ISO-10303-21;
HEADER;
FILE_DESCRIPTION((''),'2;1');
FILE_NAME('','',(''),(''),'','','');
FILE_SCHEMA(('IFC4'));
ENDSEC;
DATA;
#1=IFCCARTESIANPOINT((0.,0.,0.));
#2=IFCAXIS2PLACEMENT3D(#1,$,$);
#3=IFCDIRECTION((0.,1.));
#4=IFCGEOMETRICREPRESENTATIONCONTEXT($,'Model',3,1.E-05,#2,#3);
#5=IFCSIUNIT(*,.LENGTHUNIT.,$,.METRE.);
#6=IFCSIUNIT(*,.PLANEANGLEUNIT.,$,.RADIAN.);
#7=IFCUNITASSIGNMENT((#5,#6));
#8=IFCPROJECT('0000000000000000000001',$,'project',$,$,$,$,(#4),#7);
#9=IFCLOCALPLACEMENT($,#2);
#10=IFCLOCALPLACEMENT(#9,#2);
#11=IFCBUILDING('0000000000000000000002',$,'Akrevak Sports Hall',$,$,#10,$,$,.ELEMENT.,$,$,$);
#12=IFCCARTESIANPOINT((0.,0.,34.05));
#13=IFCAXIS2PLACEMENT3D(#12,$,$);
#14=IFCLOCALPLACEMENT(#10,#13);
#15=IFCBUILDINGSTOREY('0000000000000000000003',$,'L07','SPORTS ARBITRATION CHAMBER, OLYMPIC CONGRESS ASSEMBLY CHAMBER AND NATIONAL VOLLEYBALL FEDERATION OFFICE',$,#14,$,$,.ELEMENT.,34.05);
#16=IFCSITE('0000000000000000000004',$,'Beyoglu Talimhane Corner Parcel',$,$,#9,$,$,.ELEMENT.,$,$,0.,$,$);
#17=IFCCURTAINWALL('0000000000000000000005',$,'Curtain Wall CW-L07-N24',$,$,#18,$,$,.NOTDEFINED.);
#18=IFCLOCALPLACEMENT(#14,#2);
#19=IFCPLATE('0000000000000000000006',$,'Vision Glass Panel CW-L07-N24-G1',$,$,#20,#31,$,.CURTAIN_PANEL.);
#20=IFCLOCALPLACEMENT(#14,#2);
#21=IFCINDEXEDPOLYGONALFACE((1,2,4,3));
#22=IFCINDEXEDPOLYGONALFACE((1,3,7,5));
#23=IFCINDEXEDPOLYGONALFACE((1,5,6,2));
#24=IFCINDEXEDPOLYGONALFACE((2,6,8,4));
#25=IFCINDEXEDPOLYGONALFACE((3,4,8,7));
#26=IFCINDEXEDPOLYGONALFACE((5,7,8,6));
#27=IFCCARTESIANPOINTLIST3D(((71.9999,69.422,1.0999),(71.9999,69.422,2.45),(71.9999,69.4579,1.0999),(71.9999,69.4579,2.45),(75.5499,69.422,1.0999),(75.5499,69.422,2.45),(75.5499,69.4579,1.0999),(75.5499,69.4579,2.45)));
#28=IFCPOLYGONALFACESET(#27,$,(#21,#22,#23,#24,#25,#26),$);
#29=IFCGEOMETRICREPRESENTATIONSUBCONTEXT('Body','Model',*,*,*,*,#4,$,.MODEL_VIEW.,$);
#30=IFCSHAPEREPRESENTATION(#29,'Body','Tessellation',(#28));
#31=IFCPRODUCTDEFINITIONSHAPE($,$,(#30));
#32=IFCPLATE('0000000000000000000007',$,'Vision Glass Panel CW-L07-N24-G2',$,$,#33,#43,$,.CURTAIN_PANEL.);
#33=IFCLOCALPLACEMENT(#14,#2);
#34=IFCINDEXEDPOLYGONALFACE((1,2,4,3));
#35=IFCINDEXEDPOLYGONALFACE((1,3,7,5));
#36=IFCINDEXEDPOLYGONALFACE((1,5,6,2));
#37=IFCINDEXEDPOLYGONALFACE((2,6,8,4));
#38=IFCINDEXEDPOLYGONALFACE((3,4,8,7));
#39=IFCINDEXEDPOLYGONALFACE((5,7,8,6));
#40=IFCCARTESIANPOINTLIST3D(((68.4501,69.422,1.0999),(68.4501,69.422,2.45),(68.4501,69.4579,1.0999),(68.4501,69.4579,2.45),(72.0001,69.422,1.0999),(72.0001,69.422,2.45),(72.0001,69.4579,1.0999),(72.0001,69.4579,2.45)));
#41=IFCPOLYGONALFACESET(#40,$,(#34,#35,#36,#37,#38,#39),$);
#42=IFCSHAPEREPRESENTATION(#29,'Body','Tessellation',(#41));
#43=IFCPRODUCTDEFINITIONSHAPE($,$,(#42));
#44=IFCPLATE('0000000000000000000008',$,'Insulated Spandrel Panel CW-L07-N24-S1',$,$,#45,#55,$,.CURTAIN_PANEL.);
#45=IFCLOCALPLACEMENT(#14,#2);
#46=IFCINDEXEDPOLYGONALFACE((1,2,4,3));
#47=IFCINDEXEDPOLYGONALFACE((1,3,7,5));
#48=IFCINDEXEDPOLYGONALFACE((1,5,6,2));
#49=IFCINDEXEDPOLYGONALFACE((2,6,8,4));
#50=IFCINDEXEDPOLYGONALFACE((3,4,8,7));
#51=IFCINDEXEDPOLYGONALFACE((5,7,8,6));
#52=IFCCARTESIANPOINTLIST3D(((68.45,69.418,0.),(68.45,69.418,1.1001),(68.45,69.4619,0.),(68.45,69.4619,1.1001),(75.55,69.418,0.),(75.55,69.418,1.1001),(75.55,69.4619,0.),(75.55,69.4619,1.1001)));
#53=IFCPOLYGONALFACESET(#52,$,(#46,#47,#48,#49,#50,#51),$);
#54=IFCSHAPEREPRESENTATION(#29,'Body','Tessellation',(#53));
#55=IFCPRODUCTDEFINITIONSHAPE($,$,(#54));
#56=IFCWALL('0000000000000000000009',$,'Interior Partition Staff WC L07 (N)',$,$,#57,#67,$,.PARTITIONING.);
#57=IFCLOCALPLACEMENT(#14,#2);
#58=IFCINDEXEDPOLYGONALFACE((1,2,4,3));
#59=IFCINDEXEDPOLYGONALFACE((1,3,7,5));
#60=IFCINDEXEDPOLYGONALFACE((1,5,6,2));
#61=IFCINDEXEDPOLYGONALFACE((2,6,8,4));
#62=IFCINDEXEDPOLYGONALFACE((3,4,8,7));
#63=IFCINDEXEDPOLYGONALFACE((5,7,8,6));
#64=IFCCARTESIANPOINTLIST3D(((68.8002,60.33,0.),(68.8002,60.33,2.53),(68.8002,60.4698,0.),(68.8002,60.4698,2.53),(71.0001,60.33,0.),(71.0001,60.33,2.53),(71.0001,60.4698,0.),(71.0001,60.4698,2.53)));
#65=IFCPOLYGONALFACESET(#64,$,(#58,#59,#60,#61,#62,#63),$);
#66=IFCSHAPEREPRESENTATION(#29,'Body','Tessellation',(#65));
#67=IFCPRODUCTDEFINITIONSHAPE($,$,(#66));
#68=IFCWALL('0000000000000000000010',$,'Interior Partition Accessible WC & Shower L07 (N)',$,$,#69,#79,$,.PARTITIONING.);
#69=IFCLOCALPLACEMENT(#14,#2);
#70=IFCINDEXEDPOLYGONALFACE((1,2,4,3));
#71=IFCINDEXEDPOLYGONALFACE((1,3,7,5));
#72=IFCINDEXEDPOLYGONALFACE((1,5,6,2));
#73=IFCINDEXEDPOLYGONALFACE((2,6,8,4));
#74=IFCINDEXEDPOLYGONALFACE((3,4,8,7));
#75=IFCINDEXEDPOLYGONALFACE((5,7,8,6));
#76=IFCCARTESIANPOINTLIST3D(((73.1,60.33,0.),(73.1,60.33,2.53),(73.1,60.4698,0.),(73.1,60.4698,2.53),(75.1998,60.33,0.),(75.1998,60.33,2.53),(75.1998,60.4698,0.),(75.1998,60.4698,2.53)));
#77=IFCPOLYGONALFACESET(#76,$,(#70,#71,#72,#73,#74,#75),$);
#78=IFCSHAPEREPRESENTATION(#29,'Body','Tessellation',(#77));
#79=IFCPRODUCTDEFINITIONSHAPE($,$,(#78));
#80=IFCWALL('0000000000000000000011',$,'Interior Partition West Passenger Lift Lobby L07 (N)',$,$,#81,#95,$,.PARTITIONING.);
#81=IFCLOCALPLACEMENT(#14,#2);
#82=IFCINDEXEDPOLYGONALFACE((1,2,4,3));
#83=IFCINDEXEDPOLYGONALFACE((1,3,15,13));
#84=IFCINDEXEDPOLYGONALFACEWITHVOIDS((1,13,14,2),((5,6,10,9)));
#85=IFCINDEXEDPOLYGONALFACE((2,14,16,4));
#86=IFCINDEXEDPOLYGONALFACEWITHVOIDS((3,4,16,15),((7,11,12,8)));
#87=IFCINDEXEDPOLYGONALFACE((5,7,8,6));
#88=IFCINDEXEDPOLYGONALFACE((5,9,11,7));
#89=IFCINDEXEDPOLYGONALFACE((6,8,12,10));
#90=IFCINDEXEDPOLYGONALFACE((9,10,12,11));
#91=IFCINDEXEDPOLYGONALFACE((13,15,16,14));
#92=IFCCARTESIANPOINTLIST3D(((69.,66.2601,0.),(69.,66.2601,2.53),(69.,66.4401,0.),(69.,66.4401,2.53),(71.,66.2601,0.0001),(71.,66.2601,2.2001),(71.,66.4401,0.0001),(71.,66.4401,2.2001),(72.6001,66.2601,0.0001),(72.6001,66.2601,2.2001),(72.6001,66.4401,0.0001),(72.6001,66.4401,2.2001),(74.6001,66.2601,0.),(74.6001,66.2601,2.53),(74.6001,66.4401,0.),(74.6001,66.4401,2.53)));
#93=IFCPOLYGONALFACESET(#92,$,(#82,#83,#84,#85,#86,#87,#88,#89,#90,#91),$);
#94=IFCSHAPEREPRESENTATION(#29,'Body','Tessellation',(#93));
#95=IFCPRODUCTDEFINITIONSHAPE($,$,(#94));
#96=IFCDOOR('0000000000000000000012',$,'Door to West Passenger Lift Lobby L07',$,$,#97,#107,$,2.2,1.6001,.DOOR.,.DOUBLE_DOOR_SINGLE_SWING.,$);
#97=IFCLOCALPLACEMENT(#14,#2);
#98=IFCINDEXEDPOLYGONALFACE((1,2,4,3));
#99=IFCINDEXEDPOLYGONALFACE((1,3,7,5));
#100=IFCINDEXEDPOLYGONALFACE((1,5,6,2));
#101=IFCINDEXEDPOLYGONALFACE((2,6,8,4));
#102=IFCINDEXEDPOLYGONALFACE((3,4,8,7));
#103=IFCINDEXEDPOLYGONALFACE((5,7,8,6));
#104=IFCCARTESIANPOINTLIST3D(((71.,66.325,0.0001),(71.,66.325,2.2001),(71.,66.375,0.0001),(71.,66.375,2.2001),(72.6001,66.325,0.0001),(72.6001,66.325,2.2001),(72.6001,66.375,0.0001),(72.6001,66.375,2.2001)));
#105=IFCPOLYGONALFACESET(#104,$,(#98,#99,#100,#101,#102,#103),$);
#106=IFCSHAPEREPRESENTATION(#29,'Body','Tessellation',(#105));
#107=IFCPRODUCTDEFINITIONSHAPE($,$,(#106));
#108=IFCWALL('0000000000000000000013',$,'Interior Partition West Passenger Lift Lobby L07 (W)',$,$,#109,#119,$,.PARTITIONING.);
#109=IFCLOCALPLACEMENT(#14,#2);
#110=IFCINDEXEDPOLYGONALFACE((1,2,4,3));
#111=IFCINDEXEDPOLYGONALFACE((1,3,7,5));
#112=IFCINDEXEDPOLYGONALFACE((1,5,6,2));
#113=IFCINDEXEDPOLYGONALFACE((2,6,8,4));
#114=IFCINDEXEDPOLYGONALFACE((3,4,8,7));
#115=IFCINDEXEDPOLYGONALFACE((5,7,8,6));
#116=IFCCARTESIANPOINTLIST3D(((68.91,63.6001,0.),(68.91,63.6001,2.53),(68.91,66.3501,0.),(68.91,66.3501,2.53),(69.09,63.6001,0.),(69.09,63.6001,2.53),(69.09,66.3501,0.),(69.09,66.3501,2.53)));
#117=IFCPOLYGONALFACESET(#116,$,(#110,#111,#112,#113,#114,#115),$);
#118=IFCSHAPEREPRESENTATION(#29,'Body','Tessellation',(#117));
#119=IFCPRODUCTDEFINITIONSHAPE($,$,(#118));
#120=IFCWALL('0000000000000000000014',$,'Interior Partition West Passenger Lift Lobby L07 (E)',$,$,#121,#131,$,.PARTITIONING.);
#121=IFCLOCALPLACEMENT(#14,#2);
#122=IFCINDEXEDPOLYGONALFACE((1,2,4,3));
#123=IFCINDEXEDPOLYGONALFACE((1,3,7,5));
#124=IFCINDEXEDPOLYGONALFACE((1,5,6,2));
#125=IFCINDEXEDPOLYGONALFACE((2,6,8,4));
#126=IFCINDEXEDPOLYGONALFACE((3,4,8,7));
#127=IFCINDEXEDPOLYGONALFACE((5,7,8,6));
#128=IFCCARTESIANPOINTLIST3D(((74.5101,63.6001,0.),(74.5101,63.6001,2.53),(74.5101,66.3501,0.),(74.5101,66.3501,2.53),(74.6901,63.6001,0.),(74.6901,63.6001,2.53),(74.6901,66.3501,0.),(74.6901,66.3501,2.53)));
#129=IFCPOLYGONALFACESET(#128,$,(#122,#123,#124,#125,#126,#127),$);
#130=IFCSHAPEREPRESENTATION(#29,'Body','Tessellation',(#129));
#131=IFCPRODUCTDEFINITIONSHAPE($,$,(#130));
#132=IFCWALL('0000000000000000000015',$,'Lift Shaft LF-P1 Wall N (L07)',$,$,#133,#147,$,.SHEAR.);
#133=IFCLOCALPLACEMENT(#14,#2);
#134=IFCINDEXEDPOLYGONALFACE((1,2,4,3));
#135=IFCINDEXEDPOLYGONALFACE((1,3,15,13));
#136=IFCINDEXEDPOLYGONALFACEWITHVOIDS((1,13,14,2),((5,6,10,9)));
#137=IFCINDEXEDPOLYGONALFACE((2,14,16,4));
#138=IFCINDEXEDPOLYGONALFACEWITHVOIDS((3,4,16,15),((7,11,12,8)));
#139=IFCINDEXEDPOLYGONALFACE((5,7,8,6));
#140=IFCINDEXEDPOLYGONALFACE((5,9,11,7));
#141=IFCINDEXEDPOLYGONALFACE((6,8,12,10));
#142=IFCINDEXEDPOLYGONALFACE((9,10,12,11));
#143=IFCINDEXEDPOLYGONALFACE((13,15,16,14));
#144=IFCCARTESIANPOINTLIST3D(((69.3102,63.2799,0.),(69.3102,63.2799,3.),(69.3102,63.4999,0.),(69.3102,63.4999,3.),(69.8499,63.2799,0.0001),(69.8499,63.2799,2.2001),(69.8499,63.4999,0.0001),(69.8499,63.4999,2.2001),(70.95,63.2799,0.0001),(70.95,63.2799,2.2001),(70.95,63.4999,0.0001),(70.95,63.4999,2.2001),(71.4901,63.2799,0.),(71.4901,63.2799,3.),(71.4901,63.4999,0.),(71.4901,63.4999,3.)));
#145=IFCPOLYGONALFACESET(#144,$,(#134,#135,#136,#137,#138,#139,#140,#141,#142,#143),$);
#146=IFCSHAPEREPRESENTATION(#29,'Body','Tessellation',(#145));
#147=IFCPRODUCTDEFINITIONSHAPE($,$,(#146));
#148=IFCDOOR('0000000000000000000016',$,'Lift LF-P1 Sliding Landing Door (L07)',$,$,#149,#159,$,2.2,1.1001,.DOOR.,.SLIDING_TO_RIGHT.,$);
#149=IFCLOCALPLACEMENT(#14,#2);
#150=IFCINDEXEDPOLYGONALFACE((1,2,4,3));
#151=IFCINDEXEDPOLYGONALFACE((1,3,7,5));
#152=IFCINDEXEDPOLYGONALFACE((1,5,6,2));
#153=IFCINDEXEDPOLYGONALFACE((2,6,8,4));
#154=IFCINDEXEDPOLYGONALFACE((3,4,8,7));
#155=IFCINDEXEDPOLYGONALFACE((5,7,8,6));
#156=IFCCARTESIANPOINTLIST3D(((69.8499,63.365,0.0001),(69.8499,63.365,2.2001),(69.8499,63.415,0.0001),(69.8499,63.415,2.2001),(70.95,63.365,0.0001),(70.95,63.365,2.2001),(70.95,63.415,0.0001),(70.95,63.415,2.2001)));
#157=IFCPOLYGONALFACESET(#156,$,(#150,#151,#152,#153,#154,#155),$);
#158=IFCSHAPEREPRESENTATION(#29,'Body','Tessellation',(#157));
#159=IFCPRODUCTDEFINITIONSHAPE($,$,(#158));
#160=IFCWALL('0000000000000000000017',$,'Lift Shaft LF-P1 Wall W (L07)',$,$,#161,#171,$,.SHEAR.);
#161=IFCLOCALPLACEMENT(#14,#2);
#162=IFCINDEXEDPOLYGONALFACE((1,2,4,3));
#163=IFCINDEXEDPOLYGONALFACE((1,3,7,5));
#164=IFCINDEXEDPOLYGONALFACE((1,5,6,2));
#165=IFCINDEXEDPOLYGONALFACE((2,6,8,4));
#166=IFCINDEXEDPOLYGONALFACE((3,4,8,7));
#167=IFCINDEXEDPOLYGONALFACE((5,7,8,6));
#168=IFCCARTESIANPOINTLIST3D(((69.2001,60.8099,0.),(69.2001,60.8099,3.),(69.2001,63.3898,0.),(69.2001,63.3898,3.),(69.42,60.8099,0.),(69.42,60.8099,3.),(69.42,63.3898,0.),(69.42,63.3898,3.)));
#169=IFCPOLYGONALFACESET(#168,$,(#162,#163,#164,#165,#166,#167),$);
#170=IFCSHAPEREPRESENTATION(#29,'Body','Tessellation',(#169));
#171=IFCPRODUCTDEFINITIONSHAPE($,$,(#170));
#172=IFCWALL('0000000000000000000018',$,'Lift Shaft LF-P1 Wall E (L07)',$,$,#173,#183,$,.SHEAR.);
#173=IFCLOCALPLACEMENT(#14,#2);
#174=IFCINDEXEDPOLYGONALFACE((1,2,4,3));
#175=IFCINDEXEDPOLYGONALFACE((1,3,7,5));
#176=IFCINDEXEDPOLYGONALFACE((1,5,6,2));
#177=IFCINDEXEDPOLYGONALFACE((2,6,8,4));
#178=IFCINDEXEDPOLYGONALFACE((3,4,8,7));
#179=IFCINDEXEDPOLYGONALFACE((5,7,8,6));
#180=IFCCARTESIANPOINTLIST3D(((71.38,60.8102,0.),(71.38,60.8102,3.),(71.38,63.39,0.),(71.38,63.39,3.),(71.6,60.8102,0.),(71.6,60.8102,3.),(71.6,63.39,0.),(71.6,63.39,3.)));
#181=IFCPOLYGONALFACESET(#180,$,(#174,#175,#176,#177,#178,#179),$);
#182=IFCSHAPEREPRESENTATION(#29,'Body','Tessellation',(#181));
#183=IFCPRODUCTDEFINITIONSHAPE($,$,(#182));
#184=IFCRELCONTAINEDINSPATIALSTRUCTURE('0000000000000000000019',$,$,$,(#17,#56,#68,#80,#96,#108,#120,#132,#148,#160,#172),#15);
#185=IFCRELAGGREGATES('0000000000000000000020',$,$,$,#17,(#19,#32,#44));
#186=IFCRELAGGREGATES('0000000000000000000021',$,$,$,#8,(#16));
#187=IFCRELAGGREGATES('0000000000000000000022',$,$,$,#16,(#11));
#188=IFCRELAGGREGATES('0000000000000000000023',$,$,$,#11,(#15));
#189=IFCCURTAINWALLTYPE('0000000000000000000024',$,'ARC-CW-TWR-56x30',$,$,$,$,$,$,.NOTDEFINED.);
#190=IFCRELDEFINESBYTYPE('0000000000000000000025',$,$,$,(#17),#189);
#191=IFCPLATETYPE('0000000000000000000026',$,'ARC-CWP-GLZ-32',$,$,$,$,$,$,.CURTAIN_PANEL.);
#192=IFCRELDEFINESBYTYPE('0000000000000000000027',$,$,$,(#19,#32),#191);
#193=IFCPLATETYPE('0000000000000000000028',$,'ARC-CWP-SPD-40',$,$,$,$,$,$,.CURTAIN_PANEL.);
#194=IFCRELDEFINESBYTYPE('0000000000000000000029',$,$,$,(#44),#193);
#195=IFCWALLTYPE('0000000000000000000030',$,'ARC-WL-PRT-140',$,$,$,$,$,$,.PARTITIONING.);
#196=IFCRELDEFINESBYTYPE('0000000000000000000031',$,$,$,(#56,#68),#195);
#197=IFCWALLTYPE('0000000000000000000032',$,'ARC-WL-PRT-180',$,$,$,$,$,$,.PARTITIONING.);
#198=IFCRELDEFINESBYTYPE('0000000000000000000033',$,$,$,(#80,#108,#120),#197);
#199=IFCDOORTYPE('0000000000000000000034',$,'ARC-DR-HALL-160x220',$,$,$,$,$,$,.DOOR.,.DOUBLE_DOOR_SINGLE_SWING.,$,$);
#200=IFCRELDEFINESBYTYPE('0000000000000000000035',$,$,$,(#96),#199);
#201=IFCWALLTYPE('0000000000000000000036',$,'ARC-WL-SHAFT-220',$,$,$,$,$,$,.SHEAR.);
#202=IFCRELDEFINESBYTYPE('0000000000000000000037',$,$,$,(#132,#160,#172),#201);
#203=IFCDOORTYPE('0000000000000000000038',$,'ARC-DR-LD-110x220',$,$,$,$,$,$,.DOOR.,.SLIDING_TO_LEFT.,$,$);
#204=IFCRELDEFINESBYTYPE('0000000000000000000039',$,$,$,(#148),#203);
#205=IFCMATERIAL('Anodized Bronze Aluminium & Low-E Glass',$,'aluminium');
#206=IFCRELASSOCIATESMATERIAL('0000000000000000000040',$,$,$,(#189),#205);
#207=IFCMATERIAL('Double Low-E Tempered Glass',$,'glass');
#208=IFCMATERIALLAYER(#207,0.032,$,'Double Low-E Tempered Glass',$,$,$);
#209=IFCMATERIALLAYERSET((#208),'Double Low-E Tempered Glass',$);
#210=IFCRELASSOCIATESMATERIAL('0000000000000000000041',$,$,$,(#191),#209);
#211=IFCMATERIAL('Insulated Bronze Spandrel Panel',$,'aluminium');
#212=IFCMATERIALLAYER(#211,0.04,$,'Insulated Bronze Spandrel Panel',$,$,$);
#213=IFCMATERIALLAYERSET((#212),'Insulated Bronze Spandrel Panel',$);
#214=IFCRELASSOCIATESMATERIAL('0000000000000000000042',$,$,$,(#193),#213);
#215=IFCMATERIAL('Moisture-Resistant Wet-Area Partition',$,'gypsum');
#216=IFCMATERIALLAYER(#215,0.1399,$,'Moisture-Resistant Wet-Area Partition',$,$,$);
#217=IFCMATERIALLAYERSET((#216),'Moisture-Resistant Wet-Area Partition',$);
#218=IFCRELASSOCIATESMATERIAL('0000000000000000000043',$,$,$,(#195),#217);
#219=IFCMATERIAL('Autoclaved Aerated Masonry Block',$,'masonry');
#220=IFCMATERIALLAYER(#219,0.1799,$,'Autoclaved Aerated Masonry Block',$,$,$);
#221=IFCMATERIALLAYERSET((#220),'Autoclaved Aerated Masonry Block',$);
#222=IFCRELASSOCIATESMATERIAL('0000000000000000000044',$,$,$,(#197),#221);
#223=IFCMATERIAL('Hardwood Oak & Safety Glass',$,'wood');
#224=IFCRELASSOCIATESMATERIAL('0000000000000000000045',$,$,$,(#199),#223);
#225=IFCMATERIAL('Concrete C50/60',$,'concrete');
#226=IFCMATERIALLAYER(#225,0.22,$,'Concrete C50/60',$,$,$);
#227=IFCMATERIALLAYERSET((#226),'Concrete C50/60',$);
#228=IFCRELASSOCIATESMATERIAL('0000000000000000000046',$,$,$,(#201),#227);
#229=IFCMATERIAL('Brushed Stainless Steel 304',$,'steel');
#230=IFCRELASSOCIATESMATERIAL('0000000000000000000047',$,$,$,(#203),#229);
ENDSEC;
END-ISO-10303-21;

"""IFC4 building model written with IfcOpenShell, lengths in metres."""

from ifc_helpers import new_model, si_unit, direction, frame, frame_2d, origin, origin_2d, place, context, subcontext, project, spatial, rectangle, extrude, material, layer, layer_set, type_object, element, fill, aggregate, save


model = new_model("IFC4")

# Units and contexts
model_context = context("Model", 3, precision=1e-05, world=origin(), true_north=direction((0.0, 1.0)))
body_context = subcontext(model_context, "Body", "Model", "MODEL_VIEW")
ifc_project = project(units=[si_unit("LENGTHUNIT", "METRE"), si_unit("PLANEANGLEUNIT", "RADIAN")], contexts=[model_context])

# Site, building, storey
site_placement = place(None, origin())
site = spatial("IfcSite", under=ifc_project, at=site_placement, Name="Beyoglu Talimhane Corner Parcel", CompositionType="ELEMENT", RefElevation=0.0)
building_placement = place(site_placement, origin())
building = spatial("IfcBuilding", under=site, at=building_placement, Name="Akrevak Sports Hall", CompositionType="ELEMENT")
storey_placement = place(building_placement, frame((0.0, 0.0, 34.05)))
storey = spatial("IfcBuildingStorey", under=building, at=storey_placement, Name="L07", Description="SPORTS ARBITRATION CHAMBER, OLYMPIC CONGRESS ASSEMBLY CHAMBER AND NATIONAL VOLLEYBALL FEDERATION OFFICE", CompositionType="ELEMENT", Elevation=34.05)

# Shared definitions
ifc_material_1 = material(Name="Anodized Bronze Aluminium & Low-E Glass", Category="aluminium")
curtain_wall_type = type_object("IfcCurtainWallType", Name="ARC-CW-TWR-56x30", PredefinedType="NOTDEFINED", material=ifc_material_1)

# Curtain wall
curtain_wall_1_placement = place(storey_placement, origin())
curtain_wall_1 = element("IfcCurtainWall", 1, at=curtain_wall_1_placement, inside=storey, type_object=curtain_wall_type, Name="Curtain Wall CW-L07-N24", PredefinedType="NOTDEFINED")

# Plates
ifc_material_2 = material(Name="Double Low-E Tempered Glass", Category="glass")
ifc_layer_1 = layer(ifc_material_2, 0.032, Name="Double Low-E Tempered Glass")
ifc_layer_set_1 = layer_set([ifc_layer_1], Name="Double Low-E Tempered Glass")
plate_type_1 = type_object("IfcPlateType", Name="ARC-CWP-GLZ-32", PredefinedType="CURTAIN_PANEL", material=ifc_layer_set_1)
plate_1_placement = place(storey_placement, frame((73.7749, 69.4399, 1.0999), z_axis=(0.0, 0.0, 1.0), x_axis=(-1.0, 0.0, 0.0)))
plate_1 = element("IfcPlate", 2, at=plate_1_placement, type_object=plate_type_1, Name="Vision Glass Panel CW-L07-N24-G1", PredefinedType="CURTAIN_PANEL", context=body_context, shape_type="SweptSolid", body=[
    extrude(rectangle(XDim=3.55, YDim=0.0359, at=origin_2d()), origin(), (0.0, 0.0, 1.0), 1.3501),
])
plate_2_placement = place(storey_placement, frame((70.2251, 69.4399, 1.0999), z_axis=(0.0, 0.0, 1.0), x_axis=(-1.0, 0.0, 0.0)))
plate_2 = element("IfcPlate", 3, at=plate_2_placement, type_object=plate_type_1, Name="Vision Glass Panel CW-L07-N24-G2", PredefinedType="CURTAIN_PANEL", context=body_context, shape_type="SweptSolid", body=[
    extrude(rectangle(XDim=3.55, YDim=0.0359, at=origin_2d()), origin(), (0.0, 0.0, 1.0), 1.3501),
])
ifc_material_3 = material(Name="Insulated Bronze Spandrel Panel", Category="aluminium")
ifc_layer_2 = layer(ifc_material_3, 0.04, Name="Insulated Bronze Spandrel Panel")
ifc_layer_set_2 = layer_set([ifc_layer_2], Name="Insulated Bronze Spandrel Panel")
plate_type_2 = type_object("IfcPlateType", Name="ARC-CWP-SPD-40", PredefinedType="CURTAIN_PANEL", material=ifc_layer_set_2)
plate_3_placement = place(storey_placement, frame((72.0, 69.4399, 0.0), z_axis=(0.0, 0.0, 1.0), x_axis=(-1.0, 0.0, 0.0)))
plate_3 = element("IfcPlate", 4, at=plate_3_placement, type_object=plate_type_2, Name="Insulated Spandrel Panel CW-L07-N24-S1", PredefinedType="CURTAIN_PANEL", context=body_context, shape_type="SweptSolid", body=[
    extrude(rectangle(XDim=7.1001, YDim=0.0439, at=origin_2d()), origin(), (0.0, 0.0, 1.0), 1.1001),
])
aggregate(curtain_wall_1, [plate_1, plate_2, plate_3])

# Walls
ifc_material_4 = material(Name="Moisture-Resistant Wet-Area Partition", Category="gypsum")
ifc_layer_3 = layer(ifc_material_4, 0.1399, Name="Moisture-Resistant Wet-Area Partition")
ifc_layer_set_3 = layer_set([ifc_layer_3], Name="Moisture-Resistant Wet-Area Partition")
wall_type_1 = type_object("IfcWallType", Name="ARC-WL-PRT-140", PredefinedType="PARTITIONING", material=ifc_layer_set_3)
wall_1_placement = place(storey_placement, frame((68.8, 60.3999, 0.0), z_axis=(0.0, 0.0, 1.0), x_axis=(1.0, 0.0, 0.0)))
element("IfcWall", 5, at=wall_1_placement, inside=storey, type_object=wall_type_1, Name="Interior Partition Staff WC L07 (N)", PredefinedType="PARTITIONING", context=body_context, shape_type="SweptSolid", body=[
    extrude(rectangle(XDim=2.2, YDim=0.1399, at=frame_2d((1.1001, 0.0))), origin(), (0.0, 0.0, 1.0), 2.53),
])
wall_2_placement = place(storey_placement, frame((73.1001, 60.3999, 0.0), z_axis=(0.0, 0.0, 1.0), x_axis=(1.0, 0.0, 0.0)))
element("IfcWall", 6, at=wall_2_placement, inside=storey, type_object=wall_type_1, Name="Interior Partition Accessible WC & Shower L07 (N)", PredefinedType="PARTITIONING", context=body_context, shape_type="SweptSolid", body=[
    extrude(rectangle(XDim=2.0999, YDim=0.1399, at=frame_2d((1.0498, 0.0))), origin(), (0.0, 0.0, 1.0), 2.53),
])

# Wall, opening, door
ifc_material_5 = material(Name="Autoclaved Aerated Masonry Block", Category="masonry")
ifc_layer_4 = layer(ifc_material_5, 0.1799, Name="Autoclaved Aerated Masonry Block")
ifc_layer_set_4 = layer_set([ifc_layer_4], Name="Autoclaved Aerated Masonry Block")
wall_type_2 = type_object("IfcWallType", Name="ARC-WL-PRT-180", PredefinedType="PARTITIONING", material=ifc_layer_set_4)
wall_3_placement = place(storey_placement, frame((69.0, 66.3501, 0.0), z_axis=(0.0, 0.0, 1.0), x_axis=(1.0, 0.0, 0.0)))
wall_3 = element("IfcWall", 7, at=wall_3_placement, inside=storey, type_object=wall_type_2, Name="Interior Partition West Passenger Lift Lobby L07 (N)", PredefinedType="PARTITIONING", context=body_context, shape_type="SweptSolid", body=[
    extrude(rectangle(XDim=5.6001, YDim=0.1799, at=frame_2d((2.8, 0.0))), origin(), (0.0, 0.0, 1.0), 2.53),
])
opening_1_placement = place(wall_3_placement, frame((2.0, 0.0, 0.0)))
opening_1 = element("IfcOpeningElement", 8, at=opening_1_placement, cuts=wall_3, PredefinedType="OPENING", context=body_context, shape_type="SweptSolid", body=[
    extrude(rectangle(XDim=1.6001, YDim=2.2, at=frame_2d((0.8, 1.1001))), frame((0.0, 0.1021, 0.0), z_axis=(0.0, -1.0, 0.0), x_axis=(1.0, 0.0, 0.0)), (0.0, 0.0, 1.0), 0.2039),
])
ifc_material_6 = material(Name="Hardwood Oak & Safety Glass", Category="wood")
door_type_1 = type_object("IfcDoorType", Name="ARC-DR-HALL-160x220", OperationType="DOUBLE_DOOR_SINGLE_SWING", PredefinedType="DOOR", material=ifc_material_6)
door_1_placement = place(opening_1_placement, origin())
door_1 = element("IfcDoor", 9, at=door_1_placement, inside=storey, type_object=door_type_1, Name="Door to West Passenger Lift Lobby L07", OperationType="DOUBLE_DOOR_SINGLE_SWING", OverallHeight=2.2, OverallWidth=1.6001, PredefinedType="DOOR", context=body_context, shape_type="SweptSolid", body=[
    extrude(rectangle(XDim=1.6001, YDim=2.2, at=frame_2d((0.8, 1.1001))), frame((0.0, 0.0249, 0.0), z_axis=(0.0, -1.0, 0.0), x_axis=(1.0, 0.0, 0.0)), (0.0, 0.0, 1.0), 0.05),
])
fill(opening_1, door_1)

# Walls
for number, where, z_axis, x_axis, name in (
    (10, (69.0, 63.6001, 0.0), (0.0, 0.0, 1.0), (0.0, 1.0, 0.0), "Interior Partition West Passenger Lift Lobby L07 (W)"),
    (11, (74.6001, 63.6001, 0.0), (0.0, 0.0, 1.0), (0.0, 1.0, 0.0), "Interior Partition West Passenger Lift Lobby L07 (E)"),
):
    element("IfcWall", number, at=place(storey_placement, frame(where, z_axis=z_axis, x_axis=x_axis)), inside=storey, type_object=wall_type_2, Name=name, PredefinedType="PARTITIONING", context=body_context, shape_type="SweptSolid", body=[
        extrude(rectangle(XDim=2.75, YDim=0.1799, at=frame_2d((1.375, 0.0))), origin(), (0.0, 0.0, 1.0), 2.53),
    ])
ifc_material_7 = material(Name="Concrete C50/60", Category="concrete")
ifc_layer_5 = layer(ifc_material_7, 0.22, Name="Concrete C50/60")
ifc_layer_set_5 = layer_set([ifc_layer_5], Name="Concrete C50/60")
wall_type_3 = type_object("IfcWallType", Name="ARC-WL-SHAFT-220", PredefinedType="SHEAR", material=ifc_layer_set_5)

# Wall, opening, door
wall_4_placement = place(storey_placement, frame((71.49, 63.3899, 0.0), z_axis=(0.0, 0.0, 1.0), x_axis=(-1.0, 0.0, 0.0)))
wall_4 = element("IfcWall", 12, at=wall_4_placement, inside=storey, type_object=wall_type_3, Name="Lift Shaft LF-P1 Wall N (L07)", PredefinedType="SHEAR", context=body_context, shape_type="SweptSolid", body=[
    extrude(rectangle(XDim=2.1799, YDim=0.22, at=frame_2d((1.0898, 0.0))), origin(), (0.0, 0.0, 1.0), 3.0),
])
opening_2_placement = place(wall_4_placement, frame((0.54, 0.0, 0.0)))
opening_2 = element("IfcOpeningElement", 13, at=opening_2_placement, cuts=wall_4, PredefinedType="OPENING", context=body_context, shape_type="SweptSolid", body=[
    extrude(rectangle(XDim=1.1001, YDim=2.2, at=frame_2d((0.55, 1.1001))), frame((0.0, 0.1221, 0.0), z_axis=(0.0, -1.0, 0.0), x_axis=(1.0, 0.0, 0.0)), (0.0, 0.0, 1.0), 0.2439),
])
ifc_material_8 = material(Name="Brushed Stainless Steel 304", Category="steel")
door_type_2 = type_object("IfcDoorType", Name="ARC-DR-LD-110x220", OperationType="SLIDING_TO_LEFT", PredefinedType="DOOR", material=ifc_material_8)
door_2_placement = place(opening_2_placement, origin())
door_2 = element("IfcDoor", 14, at=door_2_placement, inside=storey, type_object=door_type_2, Name="Lift LF-P1 Sliding Landing Door (L07)", OperationType="SLIDING_TO_RIGHT", OverallHeight=2.2, OverallWidth=1.1001, PredefinedType="DOOR", context=body_context, shape_type="SweptSolid", body=[
    extrude(rectangle(XDim=1.1001, YDim=2.2, at=frame_2d((0.55, 1.1001))), frame((0.0, 0.0249, 0.0), z_axis=(0.0, -1.0, 0.0), x_axis=(1.0, 0.0, 0.0)), (0.0, 0.0, 1.0), 0.05),
])
fill(opening_2, door_2)

# Walls
for number, where, z_axis, x_axis, name in (
    (15, (69.3101, 63.3899, 0.0), (0.0, 0.0, 1.0), (0.0, -1.0, 0.0), "Lift Shaft LF-P1 Wall W (L07)"),
    (16, (71.49, 60.8101, 0.0), (0.0, 0.0, 1.0), (0.0, 1.0, 0.0), "Lift Shaft LF-P1 Wall E (L07)"),
):
    element("IfcWall", number, at=place(storey_placement, frame(where, z_axis=z_axis, x_axis=x_axis)), inside=storey, type_object=wall_type_3, Name=name, PredefinedType="SHEAR", context=body_context, shape_type="SweptSolid", body=[
        extrude(rectangle(XDim=2.5798, YDim=0.22, at=frame_2d((1.29, 0.0))), origin(), (0.0, 0.0, 1.0), 3.0),
    ])

save(model, "model.ifc")
